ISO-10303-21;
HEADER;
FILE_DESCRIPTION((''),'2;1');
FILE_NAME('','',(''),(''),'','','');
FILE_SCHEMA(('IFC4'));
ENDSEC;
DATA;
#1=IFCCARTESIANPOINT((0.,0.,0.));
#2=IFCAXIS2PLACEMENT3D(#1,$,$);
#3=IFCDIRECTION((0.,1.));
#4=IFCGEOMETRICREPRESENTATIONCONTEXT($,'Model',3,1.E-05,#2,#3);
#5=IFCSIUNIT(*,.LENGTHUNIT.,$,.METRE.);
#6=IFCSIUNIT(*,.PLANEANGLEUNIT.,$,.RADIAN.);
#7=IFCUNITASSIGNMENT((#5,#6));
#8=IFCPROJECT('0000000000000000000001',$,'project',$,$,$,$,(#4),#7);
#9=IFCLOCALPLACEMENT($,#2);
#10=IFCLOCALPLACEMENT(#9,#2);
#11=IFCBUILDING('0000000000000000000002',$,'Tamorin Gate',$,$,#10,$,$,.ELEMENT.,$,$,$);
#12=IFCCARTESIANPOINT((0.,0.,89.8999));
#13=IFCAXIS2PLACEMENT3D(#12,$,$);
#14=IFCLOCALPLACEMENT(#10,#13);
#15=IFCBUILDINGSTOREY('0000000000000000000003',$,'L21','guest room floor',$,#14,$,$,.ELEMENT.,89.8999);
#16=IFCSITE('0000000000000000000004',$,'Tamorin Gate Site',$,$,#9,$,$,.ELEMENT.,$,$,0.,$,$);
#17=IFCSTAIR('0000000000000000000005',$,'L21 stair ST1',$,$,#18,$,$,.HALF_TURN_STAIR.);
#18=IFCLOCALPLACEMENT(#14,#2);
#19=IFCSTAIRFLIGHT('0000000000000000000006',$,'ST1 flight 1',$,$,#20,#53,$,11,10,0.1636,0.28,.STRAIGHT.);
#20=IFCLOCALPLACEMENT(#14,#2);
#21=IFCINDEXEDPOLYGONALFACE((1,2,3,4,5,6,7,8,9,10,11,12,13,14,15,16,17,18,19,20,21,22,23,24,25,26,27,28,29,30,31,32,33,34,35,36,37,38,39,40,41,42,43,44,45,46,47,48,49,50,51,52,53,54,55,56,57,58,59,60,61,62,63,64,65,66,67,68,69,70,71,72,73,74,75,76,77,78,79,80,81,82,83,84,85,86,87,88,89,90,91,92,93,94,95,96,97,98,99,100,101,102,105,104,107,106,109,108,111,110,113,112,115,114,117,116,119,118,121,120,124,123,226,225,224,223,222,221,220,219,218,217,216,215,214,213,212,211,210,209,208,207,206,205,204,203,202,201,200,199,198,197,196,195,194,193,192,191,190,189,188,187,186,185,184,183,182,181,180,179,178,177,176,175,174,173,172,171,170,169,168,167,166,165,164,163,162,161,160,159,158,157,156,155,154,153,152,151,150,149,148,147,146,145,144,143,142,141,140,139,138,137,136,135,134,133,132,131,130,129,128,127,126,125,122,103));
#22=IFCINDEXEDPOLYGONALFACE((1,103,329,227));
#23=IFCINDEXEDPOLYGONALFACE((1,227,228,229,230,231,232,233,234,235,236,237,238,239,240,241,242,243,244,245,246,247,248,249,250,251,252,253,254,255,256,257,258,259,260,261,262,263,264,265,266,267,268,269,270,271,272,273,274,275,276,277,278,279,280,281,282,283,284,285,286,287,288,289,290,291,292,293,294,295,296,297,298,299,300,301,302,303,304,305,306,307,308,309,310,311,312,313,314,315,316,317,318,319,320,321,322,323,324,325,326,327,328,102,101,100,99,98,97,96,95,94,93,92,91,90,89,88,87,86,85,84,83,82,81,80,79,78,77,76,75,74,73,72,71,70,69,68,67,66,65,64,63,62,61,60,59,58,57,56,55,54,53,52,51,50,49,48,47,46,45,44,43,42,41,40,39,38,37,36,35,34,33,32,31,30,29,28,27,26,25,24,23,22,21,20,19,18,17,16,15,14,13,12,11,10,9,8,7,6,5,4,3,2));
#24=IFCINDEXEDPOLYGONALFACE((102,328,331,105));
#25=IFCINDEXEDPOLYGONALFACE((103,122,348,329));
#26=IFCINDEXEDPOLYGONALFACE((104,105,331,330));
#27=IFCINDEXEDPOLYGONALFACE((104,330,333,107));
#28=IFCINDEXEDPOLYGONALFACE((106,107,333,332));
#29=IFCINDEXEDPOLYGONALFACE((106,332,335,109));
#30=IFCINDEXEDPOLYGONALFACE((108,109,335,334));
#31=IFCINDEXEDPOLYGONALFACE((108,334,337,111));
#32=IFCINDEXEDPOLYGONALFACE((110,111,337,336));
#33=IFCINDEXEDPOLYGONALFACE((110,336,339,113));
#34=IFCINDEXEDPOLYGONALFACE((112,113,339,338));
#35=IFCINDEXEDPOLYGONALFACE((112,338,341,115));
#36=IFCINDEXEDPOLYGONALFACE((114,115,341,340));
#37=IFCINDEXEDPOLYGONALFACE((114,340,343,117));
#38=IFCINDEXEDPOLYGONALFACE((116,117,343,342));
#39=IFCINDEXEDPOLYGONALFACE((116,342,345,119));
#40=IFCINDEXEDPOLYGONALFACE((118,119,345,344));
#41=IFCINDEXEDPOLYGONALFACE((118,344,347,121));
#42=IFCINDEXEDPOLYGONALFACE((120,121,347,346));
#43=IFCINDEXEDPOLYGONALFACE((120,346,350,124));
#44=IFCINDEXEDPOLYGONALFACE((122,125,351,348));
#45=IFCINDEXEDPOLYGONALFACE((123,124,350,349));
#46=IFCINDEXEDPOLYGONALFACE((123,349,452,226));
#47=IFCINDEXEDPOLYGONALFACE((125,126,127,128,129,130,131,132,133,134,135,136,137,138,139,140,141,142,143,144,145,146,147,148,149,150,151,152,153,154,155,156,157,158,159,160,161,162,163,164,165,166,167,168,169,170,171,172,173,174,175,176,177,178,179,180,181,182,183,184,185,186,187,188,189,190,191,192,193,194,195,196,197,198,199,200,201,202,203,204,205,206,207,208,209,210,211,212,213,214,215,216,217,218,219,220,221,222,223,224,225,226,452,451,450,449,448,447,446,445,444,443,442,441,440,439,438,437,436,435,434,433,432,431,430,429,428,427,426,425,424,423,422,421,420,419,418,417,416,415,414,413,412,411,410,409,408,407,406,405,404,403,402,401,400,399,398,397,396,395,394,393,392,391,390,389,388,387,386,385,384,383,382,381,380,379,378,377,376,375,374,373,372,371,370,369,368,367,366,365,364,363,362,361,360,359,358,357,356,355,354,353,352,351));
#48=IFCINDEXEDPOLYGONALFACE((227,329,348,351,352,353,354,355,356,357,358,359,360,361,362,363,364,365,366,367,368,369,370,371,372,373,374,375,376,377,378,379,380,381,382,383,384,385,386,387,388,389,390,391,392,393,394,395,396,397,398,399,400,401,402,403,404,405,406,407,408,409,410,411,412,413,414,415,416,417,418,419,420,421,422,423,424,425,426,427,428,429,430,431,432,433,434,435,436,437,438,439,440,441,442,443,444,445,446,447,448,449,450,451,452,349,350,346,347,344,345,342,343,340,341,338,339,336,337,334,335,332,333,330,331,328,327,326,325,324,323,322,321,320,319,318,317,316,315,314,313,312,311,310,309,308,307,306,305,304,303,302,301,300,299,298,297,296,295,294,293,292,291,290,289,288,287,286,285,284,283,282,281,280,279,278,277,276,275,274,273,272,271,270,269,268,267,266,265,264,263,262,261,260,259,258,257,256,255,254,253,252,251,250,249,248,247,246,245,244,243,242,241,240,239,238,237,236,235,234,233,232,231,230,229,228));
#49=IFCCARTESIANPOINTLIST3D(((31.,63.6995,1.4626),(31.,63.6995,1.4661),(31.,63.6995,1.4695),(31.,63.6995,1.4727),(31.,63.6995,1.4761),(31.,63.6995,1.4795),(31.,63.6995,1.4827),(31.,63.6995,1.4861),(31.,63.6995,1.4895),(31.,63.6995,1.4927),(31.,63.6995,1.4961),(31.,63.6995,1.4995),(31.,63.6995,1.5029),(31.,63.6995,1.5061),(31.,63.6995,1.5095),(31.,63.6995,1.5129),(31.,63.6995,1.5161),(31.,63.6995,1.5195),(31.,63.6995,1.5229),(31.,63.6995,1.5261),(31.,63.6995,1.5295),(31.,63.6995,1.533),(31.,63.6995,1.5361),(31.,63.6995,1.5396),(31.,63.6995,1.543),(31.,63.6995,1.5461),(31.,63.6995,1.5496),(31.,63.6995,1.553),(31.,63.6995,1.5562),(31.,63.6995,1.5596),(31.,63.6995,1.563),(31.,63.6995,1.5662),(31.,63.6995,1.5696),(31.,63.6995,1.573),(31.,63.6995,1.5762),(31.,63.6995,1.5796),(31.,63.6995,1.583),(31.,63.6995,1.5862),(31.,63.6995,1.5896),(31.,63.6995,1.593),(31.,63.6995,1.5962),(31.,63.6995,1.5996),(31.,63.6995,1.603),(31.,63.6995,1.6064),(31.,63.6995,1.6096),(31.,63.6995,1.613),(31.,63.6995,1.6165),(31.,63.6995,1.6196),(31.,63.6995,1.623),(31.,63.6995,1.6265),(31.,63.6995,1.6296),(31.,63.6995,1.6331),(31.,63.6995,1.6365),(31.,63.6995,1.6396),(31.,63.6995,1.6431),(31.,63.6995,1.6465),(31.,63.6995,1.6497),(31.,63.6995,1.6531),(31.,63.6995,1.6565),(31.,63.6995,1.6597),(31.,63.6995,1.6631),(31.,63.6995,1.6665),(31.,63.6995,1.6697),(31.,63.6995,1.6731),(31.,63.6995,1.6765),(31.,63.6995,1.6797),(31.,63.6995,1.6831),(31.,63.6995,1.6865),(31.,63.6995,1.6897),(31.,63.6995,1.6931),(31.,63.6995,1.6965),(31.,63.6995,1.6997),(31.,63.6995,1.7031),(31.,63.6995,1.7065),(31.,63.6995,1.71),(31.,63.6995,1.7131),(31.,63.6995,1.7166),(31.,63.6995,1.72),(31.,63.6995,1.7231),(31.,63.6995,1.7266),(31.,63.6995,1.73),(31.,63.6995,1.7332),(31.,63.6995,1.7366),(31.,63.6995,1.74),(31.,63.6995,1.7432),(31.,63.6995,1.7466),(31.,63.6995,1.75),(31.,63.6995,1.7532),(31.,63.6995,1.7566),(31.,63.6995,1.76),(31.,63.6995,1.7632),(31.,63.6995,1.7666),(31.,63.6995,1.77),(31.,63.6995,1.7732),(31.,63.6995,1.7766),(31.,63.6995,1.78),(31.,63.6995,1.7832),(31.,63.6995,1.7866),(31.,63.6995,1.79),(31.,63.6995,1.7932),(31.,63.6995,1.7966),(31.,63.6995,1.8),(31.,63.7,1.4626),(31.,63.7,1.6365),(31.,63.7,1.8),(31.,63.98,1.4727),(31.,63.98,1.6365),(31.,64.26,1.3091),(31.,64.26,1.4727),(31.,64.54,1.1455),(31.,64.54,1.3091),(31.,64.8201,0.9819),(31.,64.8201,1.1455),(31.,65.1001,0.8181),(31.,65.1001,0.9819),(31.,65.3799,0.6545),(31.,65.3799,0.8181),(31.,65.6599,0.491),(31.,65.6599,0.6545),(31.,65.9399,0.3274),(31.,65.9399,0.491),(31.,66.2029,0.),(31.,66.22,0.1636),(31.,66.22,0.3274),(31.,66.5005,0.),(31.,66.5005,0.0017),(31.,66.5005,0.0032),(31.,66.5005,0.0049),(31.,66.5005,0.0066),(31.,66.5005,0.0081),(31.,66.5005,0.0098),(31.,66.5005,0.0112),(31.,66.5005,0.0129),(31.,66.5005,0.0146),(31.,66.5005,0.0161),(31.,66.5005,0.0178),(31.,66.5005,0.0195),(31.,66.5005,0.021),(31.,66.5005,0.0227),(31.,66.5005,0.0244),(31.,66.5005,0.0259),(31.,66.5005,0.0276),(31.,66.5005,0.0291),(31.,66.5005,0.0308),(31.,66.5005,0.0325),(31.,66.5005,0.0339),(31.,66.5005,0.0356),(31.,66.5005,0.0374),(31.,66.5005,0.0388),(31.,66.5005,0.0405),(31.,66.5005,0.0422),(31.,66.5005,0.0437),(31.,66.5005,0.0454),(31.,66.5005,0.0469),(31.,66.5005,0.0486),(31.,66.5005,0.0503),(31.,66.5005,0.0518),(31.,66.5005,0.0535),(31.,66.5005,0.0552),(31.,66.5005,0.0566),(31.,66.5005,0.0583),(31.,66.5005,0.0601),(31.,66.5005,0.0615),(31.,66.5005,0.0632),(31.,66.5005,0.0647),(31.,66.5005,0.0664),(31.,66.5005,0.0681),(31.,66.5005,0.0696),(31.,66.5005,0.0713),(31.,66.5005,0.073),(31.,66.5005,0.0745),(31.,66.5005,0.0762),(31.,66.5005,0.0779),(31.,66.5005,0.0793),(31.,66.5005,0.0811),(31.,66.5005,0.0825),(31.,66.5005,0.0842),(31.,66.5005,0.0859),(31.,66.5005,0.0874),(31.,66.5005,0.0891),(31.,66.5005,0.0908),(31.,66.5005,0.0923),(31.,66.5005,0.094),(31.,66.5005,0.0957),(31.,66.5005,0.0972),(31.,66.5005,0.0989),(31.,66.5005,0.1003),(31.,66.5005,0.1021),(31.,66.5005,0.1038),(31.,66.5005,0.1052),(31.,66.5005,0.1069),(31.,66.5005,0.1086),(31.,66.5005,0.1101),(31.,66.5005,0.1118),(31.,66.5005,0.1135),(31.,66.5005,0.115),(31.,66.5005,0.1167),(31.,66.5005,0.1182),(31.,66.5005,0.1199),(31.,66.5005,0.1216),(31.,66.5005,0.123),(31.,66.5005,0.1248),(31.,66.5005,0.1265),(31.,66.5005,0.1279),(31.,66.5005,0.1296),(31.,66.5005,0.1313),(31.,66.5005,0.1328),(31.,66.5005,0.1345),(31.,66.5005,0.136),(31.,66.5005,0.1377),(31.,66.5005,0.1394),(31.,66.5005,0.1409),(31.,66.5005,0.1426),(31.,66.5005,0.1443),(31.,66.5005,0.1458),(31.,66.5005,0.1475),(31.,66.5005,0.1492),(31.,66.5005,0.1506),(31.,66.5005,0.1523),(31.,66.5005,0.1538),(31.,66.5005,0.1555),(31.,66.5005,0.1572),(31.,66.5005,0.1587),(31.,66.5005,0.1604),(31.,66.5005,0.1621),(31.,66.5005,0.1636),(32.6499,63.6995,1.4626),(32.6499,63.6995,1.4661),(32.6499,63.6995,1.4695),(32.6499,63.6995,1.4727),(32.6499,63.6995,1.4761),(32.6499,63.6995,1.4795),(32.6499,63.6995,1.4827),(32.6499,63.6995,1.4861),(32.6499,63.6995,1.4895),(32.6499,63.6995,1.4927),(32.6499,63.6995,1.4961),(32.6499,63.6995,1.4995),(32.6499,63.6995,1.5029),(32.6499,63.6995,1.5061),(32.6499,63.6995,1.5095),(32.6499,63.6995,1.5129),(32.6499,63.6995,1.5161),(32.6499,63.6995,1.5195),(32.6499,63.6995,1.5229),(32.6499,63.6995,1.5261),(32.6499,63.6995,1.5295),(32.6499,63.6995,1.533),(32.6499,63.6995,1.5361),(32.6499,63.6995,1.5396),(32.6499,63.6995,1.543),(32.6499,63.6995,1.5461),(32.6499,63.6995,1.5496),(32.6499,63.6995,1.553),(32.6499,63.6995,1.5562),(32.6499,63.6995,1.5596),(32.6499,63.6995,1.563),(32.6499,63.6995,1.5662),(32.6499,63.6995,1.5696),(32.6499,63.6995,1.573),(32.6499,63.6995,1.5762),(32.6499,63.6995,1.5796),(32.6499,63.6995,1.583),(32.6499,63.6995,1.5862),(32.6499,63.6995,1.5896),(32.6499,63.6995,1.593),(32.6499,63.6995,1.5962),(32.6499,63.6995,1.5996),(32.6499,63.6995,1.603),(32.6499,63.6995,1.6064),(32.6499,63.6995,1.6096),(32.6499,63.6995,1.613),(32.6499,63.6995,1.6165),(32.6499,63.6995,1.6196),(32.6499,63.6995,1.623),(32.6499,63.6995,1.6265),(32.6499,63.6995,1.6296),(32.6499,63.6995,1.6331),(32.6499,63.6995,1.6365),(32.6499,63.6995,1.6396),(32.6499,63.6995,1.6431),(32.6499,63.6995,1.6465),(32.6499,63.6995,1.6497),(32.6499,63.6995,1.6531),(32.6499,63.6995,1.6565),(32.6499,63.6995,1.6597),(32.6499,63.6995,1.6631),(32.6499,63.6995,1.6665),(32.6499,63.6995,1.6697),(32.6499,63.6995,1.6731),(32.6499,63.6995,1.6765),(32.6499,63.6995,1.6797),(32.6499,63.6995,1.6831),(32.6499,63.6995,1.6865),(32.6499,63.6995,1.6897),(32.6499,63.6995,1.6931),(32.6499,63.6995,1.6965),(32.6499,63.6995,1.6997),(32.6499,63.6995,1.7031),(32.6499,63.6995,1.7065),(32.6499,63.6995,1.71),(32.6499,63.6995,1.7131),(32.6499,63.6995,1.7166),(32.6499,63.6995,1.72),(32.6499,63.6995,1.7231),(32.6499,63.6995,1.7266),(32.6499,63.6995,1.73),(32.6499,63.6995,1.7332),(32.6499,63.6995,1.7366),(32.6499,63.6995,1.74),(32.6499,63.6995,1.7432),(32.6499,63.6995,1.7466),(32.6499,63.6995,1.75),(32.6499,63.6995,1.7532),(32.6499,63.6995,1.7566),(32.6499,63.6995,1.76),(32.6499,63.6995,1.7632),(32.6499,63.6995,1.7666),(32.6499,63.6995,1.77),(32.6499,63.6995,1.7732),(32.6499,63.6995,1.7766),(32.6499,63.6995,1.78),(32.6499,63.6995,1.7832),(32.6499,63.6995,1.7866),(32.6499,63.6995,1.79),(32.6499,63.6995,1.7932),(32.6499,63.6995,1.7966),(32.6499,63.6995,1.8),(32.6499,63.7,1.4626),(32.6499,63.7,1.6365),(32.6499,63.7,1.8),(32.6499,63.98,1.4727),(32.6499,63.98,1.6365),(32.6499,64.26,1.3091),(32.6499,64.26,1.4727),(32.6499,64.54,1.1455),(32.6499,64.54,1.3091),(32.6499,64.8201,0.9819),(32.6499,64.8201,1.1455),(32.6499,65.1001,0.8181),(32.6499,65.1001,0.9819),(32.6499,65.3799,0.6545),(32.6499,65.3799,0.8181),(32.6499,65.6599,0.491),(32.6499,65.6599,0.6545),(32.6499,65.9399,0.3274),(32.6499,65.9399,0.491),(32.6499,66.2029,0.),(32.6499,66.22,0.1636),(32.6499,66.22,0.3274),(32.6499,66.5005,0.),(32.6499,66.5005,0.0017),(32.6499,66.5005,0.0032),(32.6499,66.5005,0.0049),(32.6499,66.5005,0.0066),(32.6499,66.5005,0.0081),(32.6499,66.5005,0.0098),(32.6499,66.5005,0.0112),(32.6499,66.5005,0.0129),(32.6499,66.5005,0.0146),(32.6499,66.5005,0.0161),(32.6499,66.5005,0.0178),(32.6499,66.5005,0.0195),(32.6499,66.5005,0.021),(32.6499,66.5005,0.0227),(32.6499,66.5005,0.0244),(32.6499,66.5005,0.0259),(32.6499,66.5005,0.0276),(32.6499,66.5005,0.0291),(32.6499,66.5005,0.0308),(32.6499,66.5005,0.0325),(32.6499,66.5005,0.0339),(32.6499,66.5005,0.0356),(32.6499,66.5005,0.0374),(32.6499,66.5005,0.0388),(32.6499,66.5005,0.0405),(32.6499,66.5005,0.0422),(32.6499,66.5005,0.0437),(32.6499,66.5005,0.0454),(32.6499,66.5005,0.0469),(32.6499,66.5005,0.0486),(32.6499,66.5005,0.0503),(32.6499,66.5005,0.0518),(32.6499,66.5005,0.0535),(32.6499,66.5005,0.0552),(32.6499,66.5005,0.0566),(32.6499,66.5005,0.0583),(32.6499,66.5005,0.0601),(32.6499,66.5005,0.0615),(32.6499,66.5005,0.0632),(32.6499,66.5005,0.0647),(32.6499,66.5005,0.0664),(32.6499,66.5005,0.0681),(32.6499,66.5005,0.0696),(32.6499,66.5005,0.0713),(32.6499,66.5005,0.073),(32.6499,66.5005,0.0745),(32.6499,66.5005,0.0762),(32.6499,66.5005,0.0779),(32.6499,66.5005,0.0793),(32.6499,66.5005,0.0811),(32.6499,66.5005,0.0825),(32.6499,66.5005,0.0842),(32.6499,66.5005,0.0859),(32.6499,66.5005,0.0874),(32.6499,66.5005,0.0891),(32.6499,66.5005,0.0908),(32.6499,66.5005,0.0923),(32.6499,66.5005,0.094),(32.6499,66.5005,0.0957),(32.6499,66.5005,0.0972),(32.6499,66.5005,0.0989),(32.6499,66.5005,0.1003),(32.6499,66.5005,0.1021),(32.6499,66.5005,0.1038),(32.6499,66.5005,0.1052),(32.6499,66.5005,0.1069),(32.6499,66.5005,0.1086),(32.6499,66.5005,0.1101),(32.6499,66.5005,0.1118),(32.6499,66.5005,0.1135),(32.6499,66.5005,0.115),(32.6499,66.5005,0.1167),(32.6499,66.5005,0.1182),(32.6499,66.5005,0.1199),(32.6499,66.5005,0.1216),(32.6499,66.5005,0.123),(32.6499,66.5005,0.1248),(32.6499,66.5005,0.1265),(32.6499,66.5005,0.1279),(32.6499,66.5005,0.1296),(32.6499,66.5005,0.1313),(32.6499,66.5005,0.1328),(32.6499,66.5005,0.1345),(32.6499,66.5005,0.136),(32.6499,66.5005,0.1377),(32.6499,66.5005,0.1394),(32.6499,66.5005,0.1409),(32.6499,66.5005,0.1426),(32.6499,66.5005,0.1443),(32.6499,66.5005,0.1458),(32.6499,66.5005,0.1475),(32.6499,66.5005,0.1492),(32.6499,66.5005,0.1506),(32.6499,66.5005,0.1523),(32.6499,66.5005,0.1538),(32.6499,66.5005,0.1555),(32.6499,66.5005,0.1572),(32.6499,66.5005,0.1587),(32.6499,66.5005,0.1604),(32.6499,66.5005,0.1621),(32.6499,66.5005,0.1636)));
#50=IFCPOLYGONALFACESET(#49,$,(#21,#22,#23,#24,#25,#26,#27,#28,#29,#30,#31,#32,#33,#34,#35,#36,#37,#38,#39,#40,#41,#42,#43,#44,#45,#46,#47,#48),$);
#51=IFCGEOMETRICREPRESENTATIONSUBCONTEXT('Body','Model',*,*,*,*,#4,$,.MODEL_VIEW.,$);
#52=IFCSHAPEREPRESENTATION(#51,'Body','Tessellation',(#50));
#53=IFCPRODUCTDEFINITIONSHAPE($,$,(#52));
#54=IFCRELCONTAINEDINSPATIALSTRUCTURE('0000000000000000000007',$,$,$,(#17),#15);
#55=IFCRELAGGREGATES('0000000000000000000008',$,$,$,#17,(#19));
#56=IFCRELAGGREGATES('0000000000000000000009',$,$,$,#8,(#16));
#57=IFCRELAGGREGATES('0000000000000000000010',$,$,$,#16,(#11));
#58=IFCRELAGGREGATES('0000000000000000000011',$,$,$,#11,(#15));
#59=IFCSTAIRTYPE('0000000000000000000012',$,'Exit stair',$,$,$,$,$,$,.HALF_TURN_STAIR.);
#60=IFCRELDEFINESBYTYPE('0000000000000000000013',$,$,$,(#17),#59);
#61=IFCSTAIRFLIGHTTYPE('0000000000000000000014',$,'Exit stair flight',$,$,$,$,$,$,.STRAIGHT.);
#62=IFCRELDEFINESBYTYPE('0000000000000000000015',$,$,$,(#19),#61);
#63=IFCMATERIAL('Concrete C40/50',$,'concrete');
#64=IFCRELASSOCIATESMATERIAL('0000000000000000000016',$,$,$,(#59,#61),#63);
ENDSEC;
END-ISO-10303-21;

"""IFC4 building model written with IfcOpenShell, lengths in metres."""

from ifc_helpers import new_model, si_unit, direction, frame, origin, place, context, subcontext, project, spatial, polyline, outline, extrude, material, type_object, element, aggregate, save


model = new_model("IFC4")

# Units and contexts
model_context = context("Model", 3, precision=1e-05, world=origin(), true_north=direction((0.0, 1.0)))
body_context = subcontext(model_context, "Body", "Model", "MODEL_VIEW")
ifc_project = project(units=[si_unit("LENGTHUNIT", "METRE"), si_unit("PLANEANGLEUNIT", "RADIAN")], contexts=[model_context])

# Site, building, storey
site_placement = place(None, origin())
site = spatial("IfcSite", under=ifc_project, at=site_placement, Name="Tamorin Gate Site", CompositionType="ELEMENT", RefElevation=0.0)
building_placement = place(site_placement, origin())
building = spatial("IfcBuilding", under=site, at=building_placement, Name="Tamorin Gate", CompositionType="ELEMENT")
storey_placement = place(building_placement, frame((0.0, 0.0, 89.8999)))
storey = spatial("IfcBuildingStorey", under=building, at=storey_placement, Name="L21", Description="guest room floor", CompositionType="ELEMENT", Elevation=89.8999)

# Shared definitions
ifc_material_1 = material(Name="Concrete C40/50", Category="concrete")

# Stair, stair flight
stair_type = type_object("IfcStairType", Name="Exit stair", PredefinedType="HALF_TURN_STAIR", material=ifc_material_1)
stair_placement = place(storey_placement, origin())
stair = element("IfcStair", 1, at=stair_placement, inside=storey, type_object=stair_type, Name="L21 stair ST1", PredefinedType="HALF_TURN_STAIR")
stair_flight_type = type_object("IfcStairFlightType", Name="Exit stair flight", PredefinedType="STRAIGHT", material=ifc_material_1)
stair_flight_1_placement = place(storey_placement, frame((31.825, 66.5, 0.0), z_axis=(0.0, 0.0, 1.0), x_axis=(0.0, -1.0, 0.0)))
stair_flight_1 = element("IfcStairFlight", 2, at=stair_flight_1_placement, type_object=stair_flight_type, Name="ST1 flight 1", NumberOfRisers=11, NumberOfTreads=10, PredefinedType="STRAIGHT", RiserHeight=0.1636, TreadLength=0.28, context=body_context, shape_type="SweptSolid", body=[
    extrude(outline(polyline([(-0.0005, 0.0), (-0.0005, 0.0017), (-0.0005, 0.0032), (-0.0005, 0.0049), (-0.0005, 0.0066), (-0.0005, 0.0081), (-0.0005, 0.0098), (-0.0005, 0.0112), (-0.0005, 0.0129), (-0.0005, 0.0146), (-0.0005, 0.0161), (-0.0005, 0.0178), (-0.0005, 0.0195), (-0.0005, 0.021), (-0.0005, 0.0227), (-0.0005, 0.0244), (-0.0005, 0.0259), (-0.0005, 0.0276), (-0.0005, 0.0291), (-0.0005, 0.0308), (-0.0005, 0.0325), (-0.0005, 0.0339), (-0.0005, 0.0356), (-0.0005, 0.0374), (-0.0005, 0.0388), (-0.0005, 0.0405), (-0.0005, 0.0422), (-0.0005, 0.0437), (-0.0005, 0.0454), (-0.0005, 0.0469), (-0.0005, 0.0486), (-0.0005, 0.0503), (-0.0005, 0.0518), (-0.0005, 0.0535), (-0.0005, 0.0552), (-0.0005, 0.0566), (-0.0005, 0.0583), (-0.0005, 0.0601), (-0.0005, 0.0615), (-0.0005, 0.0632), (-0.0005, 0.0647), (-0.0005, 0.0664), (-0.0005, 0.0681), (-0.0005, 0.0696), (-0.0005, 0.0713), (-0.0005, 0.073), (-0.0005, 0.0745), (-0.0005, 0.0762), (-0.0005, 0.0779), (-0.0005, 0.0793), (-0.0005, 0.0811), (-0.0005, 0.0825), (-0.0005, 0.0842), (-0.0005, 0.0859), (-0.0005, 0.0874), (-0.0005, 0.0891), (-0.0005, 0.0908), (-0.0005, 0.0923), (-0.0005, 0.094), (-0.0005, 0.0957), (-0.0005, 0.0972), (-0.0005, 0.0989), (-0.0005, 0.1003), (-0.0005, 0.1021), (-0.0005, 0.1038), (-0.0005, 0.1052), (-0.0005, 0.1069), (-0.0005, 0.1086), (-0.0005, 0.1101), (-0.0005, 0.1118), (-0.0005, 0.1135), (-0.0005, 0.115), (-0.0005, 0.1167), (-0.0005, 0.1182), (-0.0005, 0.1199), (-0.0005, 0.1216), (-0.0005, 0.123), (-0.0005, 0.1248), (-0.0005, 0.1265), (-0.0005, 0.1279), (-0.0005, 0.1296), (-0.0005, 0.1313), (-0.0005, 0.1328), (-0.0005, 0.1345), (-0.0005, 0.136), (-0.0005, 0.1377), (-0.0005, 0.1394), (-0.0005, 0.1409), (-0.0005, 0.1426), (-0.0005, 0.1443), (-0.0005, 0.1458), (-0.0005, 0.1475), (-0.0005, 0.1492), (-0.0005, 0.1506), (-0.0005, 0.1523), (-0.0005, 0.1538), (-0.0005, 0.1555), (-0.0005, 0.1572), (-0.0005, 0.1587), (-0.0005, 0.1604), (-0.0005, 0.1621), (-0.0005, 0.1636), (0.28, 0.1636), (0.28, 0.3274), (0.5601, 0.3274), (0.5601, 0.491), (0.8401, 0.491), (0.8401, 0.6545), (1.1201, 0.6545), (1.1201, 0.8181), (1.3999, 0.8181), (1.3999, 0.9819), (1.6799, 0.9819), (1.6799, 1.1455), (1.96, 1.1455), (1.96, 1.3091), (2.24, 1.3091), (2.24, 1.4727), (2.52, 1.4727), (2.52, 1.6365), (2.8, 1.6365), (2.8, 1.8), (2.8005, 1.8), (2.8005, 1.7966), (2.8005, 1.7932), (2.8005, 1.79), (2.8005, 1.7866), (2.8005, 1.7832), (2.8005, 1.78), (2.8005, 1.7766), (2.8005, 1.7732), (2.8005, 1.77), (2.8005, 1.7666), (2.8005, 1.7632), (2.8005, 1.76), (2.8005, 1.7566), (2.8005, 1.7532), (2.8005, 1.75), (2.8005, 1.7466), (2.8005, 1.7432), (2.8005, 1.74), (2.8005, 1.7366), (2.8005, 1.7332), (2.8005, 1.73), (2.8005, 1.7266), (2.8005, 1.7231), (2.8005, 1.72), (2.8005, 1.7166), (2.8005, 1.7131), (2.8005, 1.71), (2.8005, 1.7065), (2.8005, 1.7031), (2.8005, 1.6997), (2.8005, 1.6965), (2.8005, 1.6931), (2.8005, 1.6897), (2.8005, 1.6865), (2.8005, 1.6831), (2.8005, 1.6797), (2.8005, 1.6765), (2.8005, 1.6731), (2.8005, 1.6697), (2.8005, 1.6665), (2.8005, 1.6631), (2.8005, 1.6597), (2.8005, 1.6565), (2.8005, 1.6531), (2.8005, 1.6497), (2.8005, 1.6465), (2.8005, 1.6431), (2.8005, 1.6396), (2.8005, 1.6365), (2.8005, 1.6331), (2.8005, 1.6296), (2.8005, 1.6265), (2.8005, 1.623), (2.8005, 1.6196), (2.8005, 1.6165), (2.8005, 1.613), (2.8005, 1.6096), (2.8005, 1.6064), (2.8005, 1.603), (2.8005, 1.5996), (2.8005, 1.5962), (2.8005, 1.593), (2.8005, 1.5896), (2.8005, 1.5862), (2.8005, 1.583), (2.8005, 1.5796), (2.8005, 1.5762), (2.8005, 1.573), (2.8005, 1.5696), (2.8005, 1.5662), (2.8005, 1.563), (2.8005, 1.5596), (2.8005, 1.5562), (2.8005, 1.553), (2.8005, 1.5496), (2.8005, 1.5461), (2.8005, 1.543), (2.8005, 1.5396), (2.8005, 1.5361), (2.8005, 1.533), (2.8005, 1.5295), (2.8005, 1.5261), (2.8005, 1.5229), (2.8005, 1.5195), (2.8005, 1.5161), (2.8005, 1.5129), (2.8005, 1.5095), (2.8005, 1.5061), (2.8005, 1.5029), (2.8005, 1.4995), (2.8005, 1.4961), (2.8005, 1.4927), (2.8005, 1.4895), (2.8005, 1.4861), (2.8005, 1.4827), (2.8005, 1.4795), (2.8005, 1.4761), (2.8005, 1.4727), (2.8005, 1.4695), (2.8005, 1.4661), (2.8005, 1.4626), (2.8, 1.4626), (0.2971, 0.0), (-0.0005, 0.0)])), frame((0.0, 0.825, 0.0), z_axis=(0.0, -1.0, 0.0), x_axis=(1.0, 0.0, 0.0)), (0.0, 0.0, 1.0), 1.6499),
])
aggregate(stair, [stair_flight_1])

save(model, "model.ifc")
